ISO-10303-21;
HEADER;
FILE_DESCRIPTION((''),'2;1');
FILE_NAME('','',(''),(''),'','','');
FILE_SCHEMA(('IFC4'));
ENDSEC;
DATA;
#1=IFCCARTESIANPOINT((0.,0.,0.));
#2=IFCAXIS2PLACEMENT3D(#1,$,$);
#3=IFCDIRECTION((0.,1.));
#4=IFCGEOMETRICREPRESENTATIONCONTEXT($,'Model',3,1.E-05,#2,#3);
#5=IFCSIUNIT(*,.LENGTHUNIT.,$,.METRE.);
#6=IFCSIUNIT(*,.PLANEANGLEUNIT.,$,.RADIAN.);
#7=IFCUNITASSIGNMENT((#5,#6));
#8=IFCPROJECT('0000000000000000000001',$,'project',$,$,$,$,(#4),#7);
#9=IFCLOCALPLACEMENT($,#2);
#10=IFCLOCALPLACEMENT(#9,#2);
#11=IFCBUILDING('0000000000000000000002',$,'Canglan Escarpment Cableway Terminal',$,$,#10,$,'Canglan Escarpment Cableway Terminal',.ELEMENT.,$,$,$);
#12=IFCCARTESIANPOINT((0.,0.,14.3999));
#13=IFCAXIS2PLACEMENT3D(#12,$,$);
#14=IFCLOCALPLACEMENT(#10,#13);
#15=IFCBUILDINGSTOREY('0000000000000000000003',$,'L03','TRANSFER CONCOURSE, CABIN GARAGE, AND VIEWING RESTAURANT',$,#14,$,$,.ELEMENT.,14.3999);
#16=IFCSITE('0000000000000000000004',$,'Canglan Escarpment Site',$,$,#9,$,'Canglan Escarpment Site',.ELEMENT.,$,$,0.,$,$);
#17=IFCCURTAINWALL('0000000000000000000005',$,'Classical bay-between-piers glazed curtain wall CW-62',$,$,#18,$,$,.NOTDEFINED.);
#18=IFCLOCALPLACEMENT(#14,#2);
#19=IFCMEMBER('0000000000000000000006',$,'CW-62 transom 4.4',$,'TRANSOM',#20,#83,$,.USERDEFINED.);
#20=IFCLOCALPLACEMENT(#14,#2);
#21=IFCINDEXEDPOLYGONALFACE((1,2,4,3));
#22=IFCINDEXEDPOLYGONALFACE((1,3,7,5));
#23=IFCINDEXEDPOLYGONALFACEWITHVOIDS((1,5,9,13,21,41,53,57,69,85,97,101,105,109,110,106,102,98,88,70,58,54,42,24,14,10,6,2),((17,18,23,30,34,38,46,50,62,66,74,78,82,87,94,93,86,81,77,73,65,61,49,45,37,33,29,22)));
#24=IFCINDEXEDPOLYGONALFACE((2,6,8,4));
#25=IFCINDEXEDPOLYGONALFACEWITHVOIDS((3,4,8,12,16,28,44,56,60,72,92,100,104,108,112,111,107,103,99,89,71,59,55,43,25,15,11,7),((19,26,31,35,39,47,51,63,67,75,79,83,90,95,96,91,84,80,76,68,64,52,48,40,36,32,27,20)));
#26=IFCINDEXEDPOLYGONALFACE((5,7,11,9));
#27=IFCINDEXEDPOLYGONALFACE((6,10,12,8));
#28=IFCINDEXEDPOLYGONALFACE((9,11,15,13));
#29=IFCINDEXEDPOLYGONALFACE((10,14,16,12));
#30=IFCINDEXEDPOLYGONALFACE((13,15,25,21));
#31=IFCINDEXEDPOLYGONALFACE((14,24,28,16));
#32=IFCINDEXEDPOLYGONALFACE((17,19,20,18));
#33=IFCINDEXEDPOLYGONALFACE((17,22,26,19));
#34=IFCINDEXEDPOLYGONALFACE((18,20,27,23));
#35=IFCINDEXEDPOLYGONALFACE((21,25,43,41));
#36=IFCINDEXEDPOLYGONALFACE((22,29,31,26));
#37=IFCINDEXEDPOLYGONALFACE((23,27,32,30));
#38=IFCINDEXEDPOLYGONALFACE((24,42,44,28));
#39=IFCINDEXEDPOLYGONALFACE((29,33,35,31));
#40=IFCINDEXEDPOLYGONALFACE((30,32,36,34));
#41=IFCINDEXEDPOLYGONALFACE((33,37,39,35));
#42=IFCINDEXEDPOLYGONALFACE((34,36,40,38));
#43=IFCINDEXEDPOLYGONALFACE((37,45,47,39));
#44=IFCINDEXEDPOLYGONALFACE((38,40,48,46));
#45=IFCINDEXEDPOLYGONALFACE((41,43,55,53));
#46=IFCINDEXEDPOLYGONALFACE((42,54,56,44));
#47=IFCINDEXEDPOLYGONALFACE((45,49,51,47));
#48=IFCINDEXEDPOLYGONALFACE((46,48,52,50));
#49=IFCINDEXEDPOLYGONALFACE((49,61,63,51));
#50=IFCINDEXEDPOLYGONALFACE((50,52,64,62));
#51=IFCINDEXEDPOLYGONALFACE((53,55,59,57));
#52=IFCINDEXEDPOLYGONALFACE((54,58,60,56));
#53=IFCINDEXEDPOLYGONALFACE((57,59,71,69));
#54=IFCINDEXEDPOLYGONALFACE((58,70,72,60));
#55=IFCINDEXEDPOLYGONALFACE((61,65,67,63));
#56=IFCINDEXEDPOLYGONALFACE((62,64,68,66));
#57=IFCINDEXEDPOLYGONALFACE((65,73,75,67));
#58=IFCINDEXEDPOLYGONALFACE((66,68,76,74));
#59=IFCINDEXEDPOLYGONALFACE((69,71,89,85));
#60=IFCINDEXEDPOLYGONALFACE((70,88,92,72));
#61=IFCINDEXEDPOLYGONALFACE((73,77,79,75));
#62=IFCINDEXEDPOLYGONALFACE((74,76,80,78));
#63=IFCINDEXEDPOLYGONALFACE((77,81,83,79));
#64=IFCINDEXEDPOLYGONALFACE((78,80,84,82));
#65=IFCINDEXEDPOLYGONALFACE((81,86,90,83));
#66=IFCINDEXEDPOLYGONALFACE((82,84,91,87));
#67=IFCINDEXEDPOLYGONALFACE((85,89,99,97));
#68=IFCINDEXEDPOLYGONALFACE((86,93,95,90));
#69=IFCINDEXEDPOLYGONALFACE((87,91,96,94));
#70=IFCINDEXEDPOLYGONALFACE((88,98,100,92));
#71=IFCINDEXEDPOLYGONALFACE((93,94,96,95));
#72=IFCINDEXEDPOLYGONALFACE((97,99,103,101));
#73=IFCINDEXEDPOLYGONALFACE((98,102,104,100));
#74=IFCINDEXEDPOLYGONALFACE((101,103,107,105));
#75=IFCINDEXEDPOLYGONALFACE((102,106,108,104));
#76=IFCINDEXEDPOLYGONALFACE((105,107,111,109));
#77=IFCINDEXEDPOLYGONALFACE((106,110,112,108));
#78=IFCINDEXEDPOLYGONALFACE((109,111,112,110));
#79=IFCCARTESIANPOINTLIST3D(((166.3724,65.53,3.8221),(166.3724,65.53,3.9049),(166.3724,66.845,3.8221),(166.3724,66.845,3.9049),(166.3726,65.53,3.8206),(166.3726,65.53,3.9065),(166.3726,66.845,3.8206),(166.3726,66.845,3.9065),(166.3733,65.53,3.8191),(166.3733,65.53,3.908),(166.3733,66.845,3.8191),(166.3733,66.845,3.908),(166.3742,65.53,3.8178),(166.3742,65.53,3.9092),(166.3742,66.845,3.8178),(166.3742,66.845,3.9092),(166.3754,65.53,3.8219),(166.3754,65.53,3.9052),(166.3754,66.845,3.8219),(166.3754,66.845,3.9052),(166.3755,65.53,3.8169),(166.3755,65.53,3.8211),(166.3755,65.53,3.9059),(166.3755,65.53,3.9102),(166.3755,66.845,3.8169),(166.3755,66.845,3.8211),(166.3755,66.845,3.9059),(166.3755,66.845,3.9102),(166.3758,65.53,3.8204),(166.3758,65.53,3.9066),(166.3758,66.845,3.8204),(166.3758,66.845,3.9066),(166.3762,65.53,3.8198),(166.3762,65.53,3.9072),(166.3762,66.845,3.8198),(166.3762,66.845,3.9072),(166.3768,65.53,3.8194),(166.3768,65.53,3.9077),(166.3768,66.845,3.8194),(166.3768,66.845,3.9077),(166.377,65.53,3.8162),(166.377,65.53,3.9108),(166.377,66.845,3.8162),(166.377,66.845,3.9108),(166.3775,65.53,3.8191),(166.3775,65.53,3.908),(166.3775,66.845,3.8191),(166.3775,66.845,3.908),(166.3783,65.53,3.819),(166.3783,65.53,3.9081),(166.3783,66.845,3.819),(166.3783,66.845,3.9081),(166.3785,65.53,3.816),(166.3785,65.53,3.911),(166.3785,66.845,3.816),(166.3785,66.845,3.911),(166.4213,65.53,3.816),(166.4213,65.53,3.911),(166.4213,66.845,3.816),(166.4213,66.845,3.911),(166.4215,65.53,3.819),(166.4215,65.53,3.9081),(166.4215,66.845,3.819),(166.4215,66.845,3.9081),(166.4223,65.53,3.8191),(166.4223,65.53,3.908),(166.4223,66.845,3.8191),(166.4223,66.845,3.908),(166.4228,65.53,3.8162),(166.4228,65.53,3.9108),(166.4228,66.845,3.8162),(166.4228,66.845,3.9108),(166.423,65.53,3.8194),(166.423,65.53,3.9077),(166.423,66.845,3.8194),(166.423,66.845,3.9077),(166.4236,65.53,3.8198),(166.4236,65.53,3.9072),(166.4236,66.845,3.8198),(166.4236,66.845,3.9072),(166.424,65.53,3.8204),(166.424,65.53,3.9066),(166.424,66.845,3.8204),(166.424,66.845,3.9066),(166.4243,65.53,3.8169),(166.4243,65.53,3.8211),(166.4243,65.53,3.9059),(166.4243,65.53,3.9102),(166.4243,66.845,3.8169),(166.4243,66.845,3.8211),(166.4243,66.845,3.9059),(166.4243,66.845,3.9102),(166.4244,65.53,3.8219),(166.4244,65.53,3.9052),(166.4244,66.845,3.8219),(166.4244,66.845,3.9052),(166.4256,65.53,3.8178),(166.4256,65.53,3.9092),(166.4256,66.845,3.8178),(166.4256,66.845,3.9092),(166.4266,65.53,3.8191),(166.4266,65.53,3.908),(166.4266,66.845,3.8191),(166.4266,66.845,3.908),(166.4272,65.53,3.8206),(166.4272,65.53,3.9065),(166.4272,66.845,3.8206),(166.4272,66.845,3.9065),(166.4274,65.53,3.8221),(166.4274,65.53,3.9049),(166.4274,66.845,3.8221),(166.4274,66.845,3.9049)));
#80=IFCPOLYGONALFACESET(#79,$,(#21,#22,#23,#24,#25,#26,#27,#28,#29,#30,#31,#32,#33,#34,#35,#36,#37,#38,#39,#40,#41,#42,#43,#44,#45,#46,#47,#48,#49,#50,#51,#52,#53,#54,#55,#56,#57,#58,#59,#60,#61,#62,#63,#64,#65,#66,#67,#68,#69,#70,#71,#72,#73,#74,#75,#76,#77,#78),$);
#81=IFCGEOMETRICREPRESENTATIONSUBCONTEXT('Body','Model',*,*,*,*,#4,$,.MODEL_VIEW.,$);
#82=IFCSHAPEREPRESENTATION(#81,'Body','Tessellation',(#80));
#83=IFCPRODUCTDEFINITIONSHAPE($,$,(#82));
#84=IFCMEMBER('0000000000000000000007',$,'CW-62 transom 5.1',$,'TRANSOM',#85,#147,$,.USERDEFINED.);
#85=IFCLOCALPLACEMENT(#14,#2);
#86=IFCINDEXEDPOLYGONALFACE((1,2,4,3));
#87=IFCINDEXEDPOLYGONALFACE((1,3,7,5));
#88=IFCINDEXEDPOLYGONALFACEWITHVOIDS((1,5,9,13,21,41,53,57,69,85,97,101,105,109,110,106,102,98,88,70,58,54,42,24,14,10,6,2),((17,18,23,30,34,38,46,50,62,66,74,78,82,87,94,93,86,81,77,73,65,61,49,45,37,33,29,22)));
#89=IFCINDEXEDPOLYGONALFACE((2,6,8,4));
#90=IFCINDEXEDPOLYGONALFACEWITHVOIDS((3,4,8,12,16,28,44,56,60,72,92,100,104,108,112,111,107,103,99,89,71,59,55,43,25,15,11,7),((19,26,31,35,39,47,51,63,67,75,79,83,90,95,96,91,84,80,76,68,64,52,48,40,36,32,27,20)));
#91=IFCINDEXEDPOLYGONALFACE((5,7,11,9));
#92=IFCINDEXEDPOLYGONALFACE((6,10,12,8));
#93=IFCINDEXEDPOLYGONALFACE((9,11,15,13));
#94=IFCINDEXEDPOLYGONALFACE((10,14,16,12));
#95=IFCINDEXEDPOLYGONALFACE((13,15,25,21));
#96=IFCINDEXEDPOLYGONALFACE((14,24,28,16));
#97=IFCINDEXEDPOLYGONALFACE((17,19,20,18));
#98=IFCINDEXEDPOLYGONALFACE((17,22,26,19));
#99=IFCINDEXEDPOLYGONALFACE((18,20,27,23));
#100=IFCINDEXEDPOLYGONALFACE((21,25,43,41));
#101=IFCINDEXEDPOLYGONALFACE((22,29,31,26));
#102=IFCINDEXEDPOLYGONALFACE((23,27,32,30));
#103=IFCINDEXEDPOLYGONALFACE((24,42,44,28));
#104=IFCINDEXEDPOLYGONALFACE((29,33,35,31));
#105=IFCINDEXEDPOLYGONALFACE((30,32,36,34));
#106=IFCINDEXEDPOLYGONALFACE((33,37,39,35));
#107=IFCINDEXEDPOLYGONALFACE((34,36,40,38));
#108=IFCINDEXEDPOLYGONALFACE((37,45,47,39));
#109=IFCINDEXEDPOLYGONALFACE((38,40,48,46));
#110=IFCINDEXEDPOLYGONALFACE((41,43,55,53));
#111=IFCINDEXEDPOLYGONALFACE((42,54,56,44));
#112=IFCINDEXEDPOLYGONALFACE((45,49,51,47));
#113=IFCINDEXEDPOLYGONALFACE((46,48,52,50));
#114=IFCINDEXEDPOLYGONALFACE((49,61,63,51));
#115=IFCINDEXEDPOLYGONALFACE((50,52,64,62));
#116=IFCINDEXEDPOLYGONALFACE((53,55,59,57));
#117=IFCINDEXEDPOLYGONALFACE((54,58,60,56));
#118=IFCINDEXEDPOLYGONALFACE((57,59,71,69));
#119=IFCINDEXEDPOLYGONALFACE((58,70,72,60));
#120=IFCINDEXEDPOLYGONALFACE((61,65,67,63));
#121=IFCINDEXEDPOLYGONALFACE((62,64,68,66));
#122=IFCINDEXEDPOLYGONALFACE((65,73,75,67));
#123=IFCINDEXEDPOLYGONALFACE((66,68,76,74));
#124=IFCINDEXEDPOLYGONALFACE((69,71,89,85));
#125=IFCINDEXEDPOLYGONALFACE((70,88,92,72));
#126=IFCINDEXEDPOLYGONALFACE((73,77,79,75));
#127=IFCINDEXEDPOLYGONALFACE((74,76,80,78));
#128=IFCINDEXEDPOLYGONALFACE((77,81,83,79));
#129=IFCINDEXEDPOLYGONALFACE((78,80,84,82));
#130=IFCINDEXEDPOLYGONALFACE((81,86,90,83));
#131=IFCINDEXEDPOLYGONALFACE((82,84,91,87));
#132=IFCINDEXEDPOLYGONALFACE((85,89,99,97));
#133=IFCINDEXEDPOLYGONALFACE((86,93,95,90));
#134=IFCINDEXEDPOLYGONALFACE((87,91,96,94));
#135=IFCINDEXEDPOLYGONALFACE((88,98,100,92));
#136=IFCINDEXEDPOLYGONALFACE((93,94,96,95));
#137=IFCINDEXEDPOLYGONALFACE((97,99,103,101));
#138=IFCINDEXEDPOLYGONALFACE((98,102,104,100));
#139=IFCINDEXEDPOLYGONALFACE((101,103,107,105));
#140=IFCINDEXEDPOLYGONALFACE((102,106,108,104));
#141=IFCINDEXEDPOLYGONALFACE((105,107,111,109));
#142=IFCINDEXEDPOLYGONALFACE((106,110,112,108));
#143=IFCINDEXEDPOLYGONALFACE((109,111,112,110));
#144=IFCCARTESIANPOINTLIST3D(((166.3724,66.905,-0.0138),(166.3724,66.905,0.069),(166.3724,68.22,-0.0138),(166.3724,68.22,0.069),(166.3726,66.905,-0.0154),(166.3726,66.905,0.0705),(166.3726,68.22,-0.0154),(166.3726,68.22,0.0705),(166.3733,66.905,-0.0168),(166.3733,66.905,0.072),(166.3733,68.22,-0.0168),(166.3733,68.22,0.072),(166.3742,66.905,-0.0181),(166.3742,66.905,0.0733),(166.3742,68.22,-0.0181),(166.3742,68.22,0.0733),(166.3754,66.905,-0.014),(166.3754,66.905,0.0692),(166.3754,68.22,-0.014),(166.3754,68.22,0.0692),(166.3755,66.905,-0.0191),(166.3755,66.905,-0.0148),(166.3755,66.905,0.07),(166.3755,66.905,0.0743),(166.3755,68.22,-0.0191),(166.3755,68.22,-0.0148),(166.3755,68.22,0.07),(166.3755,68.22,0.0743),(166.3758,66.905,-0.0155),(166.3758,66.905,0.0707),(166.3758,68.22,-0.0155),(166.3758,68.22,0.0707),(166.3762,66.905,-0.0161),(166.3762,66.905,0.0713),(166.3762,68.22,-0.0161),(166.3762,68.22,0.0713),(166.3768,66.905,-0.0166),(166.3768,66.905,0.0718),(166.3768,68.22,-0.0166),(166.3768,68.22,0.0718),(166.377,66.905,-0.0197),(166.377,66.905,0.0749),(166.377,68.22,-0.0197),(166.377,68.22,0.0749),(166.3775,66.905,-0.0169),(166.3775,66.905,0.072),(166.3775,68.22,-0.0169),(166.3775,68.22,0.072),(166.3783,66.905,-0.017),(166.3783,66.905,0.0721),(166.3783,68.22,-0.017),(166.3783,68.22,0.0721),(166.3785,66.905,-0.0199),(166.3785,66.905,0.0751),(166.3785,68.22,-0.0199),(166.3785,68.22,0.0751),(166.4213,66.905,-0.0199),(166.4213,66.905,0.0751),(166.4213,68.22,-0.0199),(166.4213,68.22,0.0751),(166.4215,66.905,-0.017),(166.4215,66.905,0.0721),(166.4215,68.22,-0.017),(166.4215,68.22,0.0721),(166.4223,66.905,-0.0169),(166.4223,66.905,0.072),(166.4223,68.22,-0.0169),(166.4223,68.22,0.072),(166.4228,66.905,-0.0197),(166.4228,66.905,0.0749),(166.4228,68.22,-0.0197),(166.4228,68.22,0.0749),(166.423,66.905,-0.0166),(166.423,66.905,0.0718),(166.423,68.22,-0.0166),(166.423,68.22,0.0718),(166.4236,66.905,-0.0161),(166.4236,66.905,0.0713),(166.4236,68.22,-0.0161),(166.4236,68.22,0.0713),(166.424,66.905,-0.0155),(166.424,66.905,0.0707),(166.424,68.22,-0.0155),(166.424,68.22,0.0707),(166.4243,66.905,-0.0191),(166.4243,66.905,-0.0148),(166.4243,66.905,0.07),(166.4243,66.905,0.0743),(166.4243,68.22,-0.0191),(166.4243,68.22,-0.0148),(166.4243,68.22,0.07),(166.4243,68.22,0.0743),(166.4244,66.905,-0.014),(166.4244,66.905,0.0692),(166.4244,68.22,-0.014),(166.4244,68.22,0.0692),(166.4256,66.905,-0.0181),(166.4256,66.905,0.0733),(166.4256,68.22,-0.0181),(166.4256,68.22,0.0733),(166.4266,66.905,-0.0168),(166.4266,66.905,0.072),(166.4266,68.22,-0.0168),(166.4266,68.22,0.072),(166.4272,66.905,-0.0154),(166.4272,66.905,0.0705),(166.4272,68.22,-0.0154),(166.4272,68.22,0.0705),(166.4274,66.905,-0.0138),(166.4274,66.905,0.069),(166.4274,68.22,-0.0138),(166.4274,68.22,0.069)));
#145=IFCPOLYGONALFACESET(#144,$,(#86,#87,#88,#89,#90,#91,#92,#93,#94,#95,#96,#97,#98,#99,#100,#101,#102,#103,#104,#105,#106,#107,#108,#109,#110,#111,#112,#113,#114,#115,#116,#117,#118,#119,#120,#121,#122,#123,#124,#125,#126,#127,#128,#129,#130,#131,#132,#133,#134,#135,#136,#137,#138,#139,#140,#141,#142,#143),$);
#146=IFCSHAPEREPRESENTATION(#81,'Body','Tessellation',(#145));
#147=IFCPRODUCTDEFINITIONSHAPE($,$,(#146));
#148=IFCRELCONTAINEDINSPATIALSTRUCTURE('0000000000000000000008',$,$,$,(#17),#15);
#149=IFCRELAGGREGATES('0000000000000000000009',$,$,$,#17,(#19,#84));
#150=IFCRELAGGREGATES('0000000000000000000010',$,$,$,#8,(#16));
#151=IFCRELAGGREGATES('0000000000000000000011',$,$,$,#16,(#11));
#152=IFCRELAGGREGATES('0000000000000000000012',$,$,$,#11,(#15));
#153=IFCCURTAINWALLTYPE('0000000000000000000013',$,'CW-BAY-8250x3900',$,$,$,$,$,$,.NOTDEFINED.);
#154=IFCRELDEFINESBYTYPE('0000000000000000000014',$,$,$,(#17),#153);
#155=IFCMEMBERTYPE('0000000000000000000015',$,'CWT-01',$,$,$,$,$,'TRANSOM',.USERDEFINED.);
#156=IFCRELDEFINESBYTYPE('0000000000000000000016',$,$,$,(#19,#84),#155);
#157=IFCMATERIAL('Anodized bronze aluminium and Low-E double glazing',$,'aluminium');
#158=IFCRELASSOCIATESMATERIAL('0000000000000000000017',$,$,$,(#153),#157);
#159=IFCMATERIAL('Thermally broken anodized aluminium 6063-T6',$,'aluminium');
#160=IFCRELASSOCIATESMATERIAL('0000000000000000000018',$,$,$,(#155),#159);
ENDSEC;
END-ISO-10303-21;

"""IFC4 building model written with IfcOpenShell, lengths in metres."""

from ifc_helpers import new_model, si_unit, direction, frame, origin, origin_2d, place, context, subcontext, project, spatial, hollow_rectangle, extrude, material, material_profile, profile_set, type_object, element, aggregate, save


model = new_model("IFC4")

# Units and contexts
model_context = context("Model", 3, precision=1e-05, world=origin(), true_north=direction((0.0, 1.0)))
body_context = subcontext(model_context, "Body", "Model", "MODEL_VIEW")
ifc_project = project(units=[si_unit("LENGTHUNIT", "METRE"), si_unit("PLANEANGLEUNIT", "RADIAN")], contexts=[model_context])

# Site, building, storey
site_placement = place(None, origin())
site = spatial("IfcSite", under=ifc_project, at=site_placement, Name="Canglan Escarpment Site", LongName="Canglan Escarpment Site", CompositionType="ELEMENT", RefElevation=0.0)
building_placement = place(site_placement, origin())
building = spatial("IfcBuilding", under=site, at=building_placement, Name="Canglan Escarpment Cableway Terminal", LongName="Canglan Escarpment Cableway Terminal", CompositionType="ELEMENT")
storey_placement = place(building_placement, frame((0.0, 0.0, 14.3999)))
storey = spatial("IfcBuildingStorey", under=building, at=storey_placement, Name="L03", Description="TRANSFER CONCOURSE, CABIN GARAGE, AND VIEWING RESTAURANT", CompositionType="ELEMENT", Elevation=14.3999)

# Curtain wall, members
ifc_material_1 = material(Name="Anodized bronze aluminium and Low-E double glazing", Category="aluminium")
curtain_wall_type = type_object("IfcCurtainWallType", Name="CW-BAY-8250x3900", PredefinedType="NOTDEFINED", material=ifc_material_1)
curtain_wall_placement = place(storey_placement, origin())
curtain_wall = element("IfcCurtainWall", 1, at=curtain_wall_placement, inside=storey, type_object=curtain_wall_type, Name="Classical bay-between-piers glazed curtain wall CW-62", PredefinedType="NOTDEFINED")
ifc_material_2 = material(Name="Thermally broken anodized aluminium 6063-T6", Category="aluminium")
ifc_material_profile_1 = material_profile(ifc_material_2, hollow_rectangle(XDim=0.0549, YDim=0.095, WallThickness=0.0029, InnerFilletRadius=0.0029, OuterFilletRadius=0.0061, at=origin_2d()), Name="ALU-TRAN 55x95x3")
ifc_profile_set_1 = profile_set([ifc_material_profile_1], Name="Thermally broken anodized aluminium 6063-T6")
member_type_1 = type_object("IfcMemberType", Name="CWT-01", ElementType="TRANSOM", PredefinedType="USERDEFINED", material=ifc_profile_set_1)
member_1_placement = place(storey_placement, frame((166.3999, 65.53, 3.8635), z_axis=(0.0, 1.0, 0.0), x_axis=(-1.0, 0.0, 0.0)))
member_1 = element("IfcMember", 2, at=member_1_placement, type_object=member_type_1, Name="CW-62 transom 4.4", ObjectType="TRANSOM", PredefinedType="USERDEFINED", context=body_context, shape_type="SweptSolid", body=[
    extrude(hollow_rectangle(XDim=0.0549, YDim=0.095, WallThickness=0.0029, InnerFilletRadius=0.0029, OuterFilletRadius=0.0061, at=origin_2d()), origin(), (0.0, 0.0, 1.0), 1.3149),
])
member_2_placement = place(storey_placement, frame((166.3999, 66.905, 0.0276), z_axis=(0.0, 1.0, 0.0), x_axis=(-1.0, 0.0, 0.0)))
member_2 = element("IfcMember", 3, at=member_2_placement, type_object=member_type_1, Name="CW-62 transom 5.1", ObjectType="TRANSOM", PredefinedType="USERDEFINED", context=body_context, shape_type="SweptSolid", body=[
    extrude(hollow_rectangle(XDim=0.0549, YDim=0.095, WallThickness=0.0029, InnerFilletRadius=0.0029, OuterFilletRadius=0.0061, at=origin_2d()), origin(), (0.0, 0.0, 1.0), 1.3149),
])
aggregate(curtain_wall, [member_1, member_2])

save(model, "model.ifc")
